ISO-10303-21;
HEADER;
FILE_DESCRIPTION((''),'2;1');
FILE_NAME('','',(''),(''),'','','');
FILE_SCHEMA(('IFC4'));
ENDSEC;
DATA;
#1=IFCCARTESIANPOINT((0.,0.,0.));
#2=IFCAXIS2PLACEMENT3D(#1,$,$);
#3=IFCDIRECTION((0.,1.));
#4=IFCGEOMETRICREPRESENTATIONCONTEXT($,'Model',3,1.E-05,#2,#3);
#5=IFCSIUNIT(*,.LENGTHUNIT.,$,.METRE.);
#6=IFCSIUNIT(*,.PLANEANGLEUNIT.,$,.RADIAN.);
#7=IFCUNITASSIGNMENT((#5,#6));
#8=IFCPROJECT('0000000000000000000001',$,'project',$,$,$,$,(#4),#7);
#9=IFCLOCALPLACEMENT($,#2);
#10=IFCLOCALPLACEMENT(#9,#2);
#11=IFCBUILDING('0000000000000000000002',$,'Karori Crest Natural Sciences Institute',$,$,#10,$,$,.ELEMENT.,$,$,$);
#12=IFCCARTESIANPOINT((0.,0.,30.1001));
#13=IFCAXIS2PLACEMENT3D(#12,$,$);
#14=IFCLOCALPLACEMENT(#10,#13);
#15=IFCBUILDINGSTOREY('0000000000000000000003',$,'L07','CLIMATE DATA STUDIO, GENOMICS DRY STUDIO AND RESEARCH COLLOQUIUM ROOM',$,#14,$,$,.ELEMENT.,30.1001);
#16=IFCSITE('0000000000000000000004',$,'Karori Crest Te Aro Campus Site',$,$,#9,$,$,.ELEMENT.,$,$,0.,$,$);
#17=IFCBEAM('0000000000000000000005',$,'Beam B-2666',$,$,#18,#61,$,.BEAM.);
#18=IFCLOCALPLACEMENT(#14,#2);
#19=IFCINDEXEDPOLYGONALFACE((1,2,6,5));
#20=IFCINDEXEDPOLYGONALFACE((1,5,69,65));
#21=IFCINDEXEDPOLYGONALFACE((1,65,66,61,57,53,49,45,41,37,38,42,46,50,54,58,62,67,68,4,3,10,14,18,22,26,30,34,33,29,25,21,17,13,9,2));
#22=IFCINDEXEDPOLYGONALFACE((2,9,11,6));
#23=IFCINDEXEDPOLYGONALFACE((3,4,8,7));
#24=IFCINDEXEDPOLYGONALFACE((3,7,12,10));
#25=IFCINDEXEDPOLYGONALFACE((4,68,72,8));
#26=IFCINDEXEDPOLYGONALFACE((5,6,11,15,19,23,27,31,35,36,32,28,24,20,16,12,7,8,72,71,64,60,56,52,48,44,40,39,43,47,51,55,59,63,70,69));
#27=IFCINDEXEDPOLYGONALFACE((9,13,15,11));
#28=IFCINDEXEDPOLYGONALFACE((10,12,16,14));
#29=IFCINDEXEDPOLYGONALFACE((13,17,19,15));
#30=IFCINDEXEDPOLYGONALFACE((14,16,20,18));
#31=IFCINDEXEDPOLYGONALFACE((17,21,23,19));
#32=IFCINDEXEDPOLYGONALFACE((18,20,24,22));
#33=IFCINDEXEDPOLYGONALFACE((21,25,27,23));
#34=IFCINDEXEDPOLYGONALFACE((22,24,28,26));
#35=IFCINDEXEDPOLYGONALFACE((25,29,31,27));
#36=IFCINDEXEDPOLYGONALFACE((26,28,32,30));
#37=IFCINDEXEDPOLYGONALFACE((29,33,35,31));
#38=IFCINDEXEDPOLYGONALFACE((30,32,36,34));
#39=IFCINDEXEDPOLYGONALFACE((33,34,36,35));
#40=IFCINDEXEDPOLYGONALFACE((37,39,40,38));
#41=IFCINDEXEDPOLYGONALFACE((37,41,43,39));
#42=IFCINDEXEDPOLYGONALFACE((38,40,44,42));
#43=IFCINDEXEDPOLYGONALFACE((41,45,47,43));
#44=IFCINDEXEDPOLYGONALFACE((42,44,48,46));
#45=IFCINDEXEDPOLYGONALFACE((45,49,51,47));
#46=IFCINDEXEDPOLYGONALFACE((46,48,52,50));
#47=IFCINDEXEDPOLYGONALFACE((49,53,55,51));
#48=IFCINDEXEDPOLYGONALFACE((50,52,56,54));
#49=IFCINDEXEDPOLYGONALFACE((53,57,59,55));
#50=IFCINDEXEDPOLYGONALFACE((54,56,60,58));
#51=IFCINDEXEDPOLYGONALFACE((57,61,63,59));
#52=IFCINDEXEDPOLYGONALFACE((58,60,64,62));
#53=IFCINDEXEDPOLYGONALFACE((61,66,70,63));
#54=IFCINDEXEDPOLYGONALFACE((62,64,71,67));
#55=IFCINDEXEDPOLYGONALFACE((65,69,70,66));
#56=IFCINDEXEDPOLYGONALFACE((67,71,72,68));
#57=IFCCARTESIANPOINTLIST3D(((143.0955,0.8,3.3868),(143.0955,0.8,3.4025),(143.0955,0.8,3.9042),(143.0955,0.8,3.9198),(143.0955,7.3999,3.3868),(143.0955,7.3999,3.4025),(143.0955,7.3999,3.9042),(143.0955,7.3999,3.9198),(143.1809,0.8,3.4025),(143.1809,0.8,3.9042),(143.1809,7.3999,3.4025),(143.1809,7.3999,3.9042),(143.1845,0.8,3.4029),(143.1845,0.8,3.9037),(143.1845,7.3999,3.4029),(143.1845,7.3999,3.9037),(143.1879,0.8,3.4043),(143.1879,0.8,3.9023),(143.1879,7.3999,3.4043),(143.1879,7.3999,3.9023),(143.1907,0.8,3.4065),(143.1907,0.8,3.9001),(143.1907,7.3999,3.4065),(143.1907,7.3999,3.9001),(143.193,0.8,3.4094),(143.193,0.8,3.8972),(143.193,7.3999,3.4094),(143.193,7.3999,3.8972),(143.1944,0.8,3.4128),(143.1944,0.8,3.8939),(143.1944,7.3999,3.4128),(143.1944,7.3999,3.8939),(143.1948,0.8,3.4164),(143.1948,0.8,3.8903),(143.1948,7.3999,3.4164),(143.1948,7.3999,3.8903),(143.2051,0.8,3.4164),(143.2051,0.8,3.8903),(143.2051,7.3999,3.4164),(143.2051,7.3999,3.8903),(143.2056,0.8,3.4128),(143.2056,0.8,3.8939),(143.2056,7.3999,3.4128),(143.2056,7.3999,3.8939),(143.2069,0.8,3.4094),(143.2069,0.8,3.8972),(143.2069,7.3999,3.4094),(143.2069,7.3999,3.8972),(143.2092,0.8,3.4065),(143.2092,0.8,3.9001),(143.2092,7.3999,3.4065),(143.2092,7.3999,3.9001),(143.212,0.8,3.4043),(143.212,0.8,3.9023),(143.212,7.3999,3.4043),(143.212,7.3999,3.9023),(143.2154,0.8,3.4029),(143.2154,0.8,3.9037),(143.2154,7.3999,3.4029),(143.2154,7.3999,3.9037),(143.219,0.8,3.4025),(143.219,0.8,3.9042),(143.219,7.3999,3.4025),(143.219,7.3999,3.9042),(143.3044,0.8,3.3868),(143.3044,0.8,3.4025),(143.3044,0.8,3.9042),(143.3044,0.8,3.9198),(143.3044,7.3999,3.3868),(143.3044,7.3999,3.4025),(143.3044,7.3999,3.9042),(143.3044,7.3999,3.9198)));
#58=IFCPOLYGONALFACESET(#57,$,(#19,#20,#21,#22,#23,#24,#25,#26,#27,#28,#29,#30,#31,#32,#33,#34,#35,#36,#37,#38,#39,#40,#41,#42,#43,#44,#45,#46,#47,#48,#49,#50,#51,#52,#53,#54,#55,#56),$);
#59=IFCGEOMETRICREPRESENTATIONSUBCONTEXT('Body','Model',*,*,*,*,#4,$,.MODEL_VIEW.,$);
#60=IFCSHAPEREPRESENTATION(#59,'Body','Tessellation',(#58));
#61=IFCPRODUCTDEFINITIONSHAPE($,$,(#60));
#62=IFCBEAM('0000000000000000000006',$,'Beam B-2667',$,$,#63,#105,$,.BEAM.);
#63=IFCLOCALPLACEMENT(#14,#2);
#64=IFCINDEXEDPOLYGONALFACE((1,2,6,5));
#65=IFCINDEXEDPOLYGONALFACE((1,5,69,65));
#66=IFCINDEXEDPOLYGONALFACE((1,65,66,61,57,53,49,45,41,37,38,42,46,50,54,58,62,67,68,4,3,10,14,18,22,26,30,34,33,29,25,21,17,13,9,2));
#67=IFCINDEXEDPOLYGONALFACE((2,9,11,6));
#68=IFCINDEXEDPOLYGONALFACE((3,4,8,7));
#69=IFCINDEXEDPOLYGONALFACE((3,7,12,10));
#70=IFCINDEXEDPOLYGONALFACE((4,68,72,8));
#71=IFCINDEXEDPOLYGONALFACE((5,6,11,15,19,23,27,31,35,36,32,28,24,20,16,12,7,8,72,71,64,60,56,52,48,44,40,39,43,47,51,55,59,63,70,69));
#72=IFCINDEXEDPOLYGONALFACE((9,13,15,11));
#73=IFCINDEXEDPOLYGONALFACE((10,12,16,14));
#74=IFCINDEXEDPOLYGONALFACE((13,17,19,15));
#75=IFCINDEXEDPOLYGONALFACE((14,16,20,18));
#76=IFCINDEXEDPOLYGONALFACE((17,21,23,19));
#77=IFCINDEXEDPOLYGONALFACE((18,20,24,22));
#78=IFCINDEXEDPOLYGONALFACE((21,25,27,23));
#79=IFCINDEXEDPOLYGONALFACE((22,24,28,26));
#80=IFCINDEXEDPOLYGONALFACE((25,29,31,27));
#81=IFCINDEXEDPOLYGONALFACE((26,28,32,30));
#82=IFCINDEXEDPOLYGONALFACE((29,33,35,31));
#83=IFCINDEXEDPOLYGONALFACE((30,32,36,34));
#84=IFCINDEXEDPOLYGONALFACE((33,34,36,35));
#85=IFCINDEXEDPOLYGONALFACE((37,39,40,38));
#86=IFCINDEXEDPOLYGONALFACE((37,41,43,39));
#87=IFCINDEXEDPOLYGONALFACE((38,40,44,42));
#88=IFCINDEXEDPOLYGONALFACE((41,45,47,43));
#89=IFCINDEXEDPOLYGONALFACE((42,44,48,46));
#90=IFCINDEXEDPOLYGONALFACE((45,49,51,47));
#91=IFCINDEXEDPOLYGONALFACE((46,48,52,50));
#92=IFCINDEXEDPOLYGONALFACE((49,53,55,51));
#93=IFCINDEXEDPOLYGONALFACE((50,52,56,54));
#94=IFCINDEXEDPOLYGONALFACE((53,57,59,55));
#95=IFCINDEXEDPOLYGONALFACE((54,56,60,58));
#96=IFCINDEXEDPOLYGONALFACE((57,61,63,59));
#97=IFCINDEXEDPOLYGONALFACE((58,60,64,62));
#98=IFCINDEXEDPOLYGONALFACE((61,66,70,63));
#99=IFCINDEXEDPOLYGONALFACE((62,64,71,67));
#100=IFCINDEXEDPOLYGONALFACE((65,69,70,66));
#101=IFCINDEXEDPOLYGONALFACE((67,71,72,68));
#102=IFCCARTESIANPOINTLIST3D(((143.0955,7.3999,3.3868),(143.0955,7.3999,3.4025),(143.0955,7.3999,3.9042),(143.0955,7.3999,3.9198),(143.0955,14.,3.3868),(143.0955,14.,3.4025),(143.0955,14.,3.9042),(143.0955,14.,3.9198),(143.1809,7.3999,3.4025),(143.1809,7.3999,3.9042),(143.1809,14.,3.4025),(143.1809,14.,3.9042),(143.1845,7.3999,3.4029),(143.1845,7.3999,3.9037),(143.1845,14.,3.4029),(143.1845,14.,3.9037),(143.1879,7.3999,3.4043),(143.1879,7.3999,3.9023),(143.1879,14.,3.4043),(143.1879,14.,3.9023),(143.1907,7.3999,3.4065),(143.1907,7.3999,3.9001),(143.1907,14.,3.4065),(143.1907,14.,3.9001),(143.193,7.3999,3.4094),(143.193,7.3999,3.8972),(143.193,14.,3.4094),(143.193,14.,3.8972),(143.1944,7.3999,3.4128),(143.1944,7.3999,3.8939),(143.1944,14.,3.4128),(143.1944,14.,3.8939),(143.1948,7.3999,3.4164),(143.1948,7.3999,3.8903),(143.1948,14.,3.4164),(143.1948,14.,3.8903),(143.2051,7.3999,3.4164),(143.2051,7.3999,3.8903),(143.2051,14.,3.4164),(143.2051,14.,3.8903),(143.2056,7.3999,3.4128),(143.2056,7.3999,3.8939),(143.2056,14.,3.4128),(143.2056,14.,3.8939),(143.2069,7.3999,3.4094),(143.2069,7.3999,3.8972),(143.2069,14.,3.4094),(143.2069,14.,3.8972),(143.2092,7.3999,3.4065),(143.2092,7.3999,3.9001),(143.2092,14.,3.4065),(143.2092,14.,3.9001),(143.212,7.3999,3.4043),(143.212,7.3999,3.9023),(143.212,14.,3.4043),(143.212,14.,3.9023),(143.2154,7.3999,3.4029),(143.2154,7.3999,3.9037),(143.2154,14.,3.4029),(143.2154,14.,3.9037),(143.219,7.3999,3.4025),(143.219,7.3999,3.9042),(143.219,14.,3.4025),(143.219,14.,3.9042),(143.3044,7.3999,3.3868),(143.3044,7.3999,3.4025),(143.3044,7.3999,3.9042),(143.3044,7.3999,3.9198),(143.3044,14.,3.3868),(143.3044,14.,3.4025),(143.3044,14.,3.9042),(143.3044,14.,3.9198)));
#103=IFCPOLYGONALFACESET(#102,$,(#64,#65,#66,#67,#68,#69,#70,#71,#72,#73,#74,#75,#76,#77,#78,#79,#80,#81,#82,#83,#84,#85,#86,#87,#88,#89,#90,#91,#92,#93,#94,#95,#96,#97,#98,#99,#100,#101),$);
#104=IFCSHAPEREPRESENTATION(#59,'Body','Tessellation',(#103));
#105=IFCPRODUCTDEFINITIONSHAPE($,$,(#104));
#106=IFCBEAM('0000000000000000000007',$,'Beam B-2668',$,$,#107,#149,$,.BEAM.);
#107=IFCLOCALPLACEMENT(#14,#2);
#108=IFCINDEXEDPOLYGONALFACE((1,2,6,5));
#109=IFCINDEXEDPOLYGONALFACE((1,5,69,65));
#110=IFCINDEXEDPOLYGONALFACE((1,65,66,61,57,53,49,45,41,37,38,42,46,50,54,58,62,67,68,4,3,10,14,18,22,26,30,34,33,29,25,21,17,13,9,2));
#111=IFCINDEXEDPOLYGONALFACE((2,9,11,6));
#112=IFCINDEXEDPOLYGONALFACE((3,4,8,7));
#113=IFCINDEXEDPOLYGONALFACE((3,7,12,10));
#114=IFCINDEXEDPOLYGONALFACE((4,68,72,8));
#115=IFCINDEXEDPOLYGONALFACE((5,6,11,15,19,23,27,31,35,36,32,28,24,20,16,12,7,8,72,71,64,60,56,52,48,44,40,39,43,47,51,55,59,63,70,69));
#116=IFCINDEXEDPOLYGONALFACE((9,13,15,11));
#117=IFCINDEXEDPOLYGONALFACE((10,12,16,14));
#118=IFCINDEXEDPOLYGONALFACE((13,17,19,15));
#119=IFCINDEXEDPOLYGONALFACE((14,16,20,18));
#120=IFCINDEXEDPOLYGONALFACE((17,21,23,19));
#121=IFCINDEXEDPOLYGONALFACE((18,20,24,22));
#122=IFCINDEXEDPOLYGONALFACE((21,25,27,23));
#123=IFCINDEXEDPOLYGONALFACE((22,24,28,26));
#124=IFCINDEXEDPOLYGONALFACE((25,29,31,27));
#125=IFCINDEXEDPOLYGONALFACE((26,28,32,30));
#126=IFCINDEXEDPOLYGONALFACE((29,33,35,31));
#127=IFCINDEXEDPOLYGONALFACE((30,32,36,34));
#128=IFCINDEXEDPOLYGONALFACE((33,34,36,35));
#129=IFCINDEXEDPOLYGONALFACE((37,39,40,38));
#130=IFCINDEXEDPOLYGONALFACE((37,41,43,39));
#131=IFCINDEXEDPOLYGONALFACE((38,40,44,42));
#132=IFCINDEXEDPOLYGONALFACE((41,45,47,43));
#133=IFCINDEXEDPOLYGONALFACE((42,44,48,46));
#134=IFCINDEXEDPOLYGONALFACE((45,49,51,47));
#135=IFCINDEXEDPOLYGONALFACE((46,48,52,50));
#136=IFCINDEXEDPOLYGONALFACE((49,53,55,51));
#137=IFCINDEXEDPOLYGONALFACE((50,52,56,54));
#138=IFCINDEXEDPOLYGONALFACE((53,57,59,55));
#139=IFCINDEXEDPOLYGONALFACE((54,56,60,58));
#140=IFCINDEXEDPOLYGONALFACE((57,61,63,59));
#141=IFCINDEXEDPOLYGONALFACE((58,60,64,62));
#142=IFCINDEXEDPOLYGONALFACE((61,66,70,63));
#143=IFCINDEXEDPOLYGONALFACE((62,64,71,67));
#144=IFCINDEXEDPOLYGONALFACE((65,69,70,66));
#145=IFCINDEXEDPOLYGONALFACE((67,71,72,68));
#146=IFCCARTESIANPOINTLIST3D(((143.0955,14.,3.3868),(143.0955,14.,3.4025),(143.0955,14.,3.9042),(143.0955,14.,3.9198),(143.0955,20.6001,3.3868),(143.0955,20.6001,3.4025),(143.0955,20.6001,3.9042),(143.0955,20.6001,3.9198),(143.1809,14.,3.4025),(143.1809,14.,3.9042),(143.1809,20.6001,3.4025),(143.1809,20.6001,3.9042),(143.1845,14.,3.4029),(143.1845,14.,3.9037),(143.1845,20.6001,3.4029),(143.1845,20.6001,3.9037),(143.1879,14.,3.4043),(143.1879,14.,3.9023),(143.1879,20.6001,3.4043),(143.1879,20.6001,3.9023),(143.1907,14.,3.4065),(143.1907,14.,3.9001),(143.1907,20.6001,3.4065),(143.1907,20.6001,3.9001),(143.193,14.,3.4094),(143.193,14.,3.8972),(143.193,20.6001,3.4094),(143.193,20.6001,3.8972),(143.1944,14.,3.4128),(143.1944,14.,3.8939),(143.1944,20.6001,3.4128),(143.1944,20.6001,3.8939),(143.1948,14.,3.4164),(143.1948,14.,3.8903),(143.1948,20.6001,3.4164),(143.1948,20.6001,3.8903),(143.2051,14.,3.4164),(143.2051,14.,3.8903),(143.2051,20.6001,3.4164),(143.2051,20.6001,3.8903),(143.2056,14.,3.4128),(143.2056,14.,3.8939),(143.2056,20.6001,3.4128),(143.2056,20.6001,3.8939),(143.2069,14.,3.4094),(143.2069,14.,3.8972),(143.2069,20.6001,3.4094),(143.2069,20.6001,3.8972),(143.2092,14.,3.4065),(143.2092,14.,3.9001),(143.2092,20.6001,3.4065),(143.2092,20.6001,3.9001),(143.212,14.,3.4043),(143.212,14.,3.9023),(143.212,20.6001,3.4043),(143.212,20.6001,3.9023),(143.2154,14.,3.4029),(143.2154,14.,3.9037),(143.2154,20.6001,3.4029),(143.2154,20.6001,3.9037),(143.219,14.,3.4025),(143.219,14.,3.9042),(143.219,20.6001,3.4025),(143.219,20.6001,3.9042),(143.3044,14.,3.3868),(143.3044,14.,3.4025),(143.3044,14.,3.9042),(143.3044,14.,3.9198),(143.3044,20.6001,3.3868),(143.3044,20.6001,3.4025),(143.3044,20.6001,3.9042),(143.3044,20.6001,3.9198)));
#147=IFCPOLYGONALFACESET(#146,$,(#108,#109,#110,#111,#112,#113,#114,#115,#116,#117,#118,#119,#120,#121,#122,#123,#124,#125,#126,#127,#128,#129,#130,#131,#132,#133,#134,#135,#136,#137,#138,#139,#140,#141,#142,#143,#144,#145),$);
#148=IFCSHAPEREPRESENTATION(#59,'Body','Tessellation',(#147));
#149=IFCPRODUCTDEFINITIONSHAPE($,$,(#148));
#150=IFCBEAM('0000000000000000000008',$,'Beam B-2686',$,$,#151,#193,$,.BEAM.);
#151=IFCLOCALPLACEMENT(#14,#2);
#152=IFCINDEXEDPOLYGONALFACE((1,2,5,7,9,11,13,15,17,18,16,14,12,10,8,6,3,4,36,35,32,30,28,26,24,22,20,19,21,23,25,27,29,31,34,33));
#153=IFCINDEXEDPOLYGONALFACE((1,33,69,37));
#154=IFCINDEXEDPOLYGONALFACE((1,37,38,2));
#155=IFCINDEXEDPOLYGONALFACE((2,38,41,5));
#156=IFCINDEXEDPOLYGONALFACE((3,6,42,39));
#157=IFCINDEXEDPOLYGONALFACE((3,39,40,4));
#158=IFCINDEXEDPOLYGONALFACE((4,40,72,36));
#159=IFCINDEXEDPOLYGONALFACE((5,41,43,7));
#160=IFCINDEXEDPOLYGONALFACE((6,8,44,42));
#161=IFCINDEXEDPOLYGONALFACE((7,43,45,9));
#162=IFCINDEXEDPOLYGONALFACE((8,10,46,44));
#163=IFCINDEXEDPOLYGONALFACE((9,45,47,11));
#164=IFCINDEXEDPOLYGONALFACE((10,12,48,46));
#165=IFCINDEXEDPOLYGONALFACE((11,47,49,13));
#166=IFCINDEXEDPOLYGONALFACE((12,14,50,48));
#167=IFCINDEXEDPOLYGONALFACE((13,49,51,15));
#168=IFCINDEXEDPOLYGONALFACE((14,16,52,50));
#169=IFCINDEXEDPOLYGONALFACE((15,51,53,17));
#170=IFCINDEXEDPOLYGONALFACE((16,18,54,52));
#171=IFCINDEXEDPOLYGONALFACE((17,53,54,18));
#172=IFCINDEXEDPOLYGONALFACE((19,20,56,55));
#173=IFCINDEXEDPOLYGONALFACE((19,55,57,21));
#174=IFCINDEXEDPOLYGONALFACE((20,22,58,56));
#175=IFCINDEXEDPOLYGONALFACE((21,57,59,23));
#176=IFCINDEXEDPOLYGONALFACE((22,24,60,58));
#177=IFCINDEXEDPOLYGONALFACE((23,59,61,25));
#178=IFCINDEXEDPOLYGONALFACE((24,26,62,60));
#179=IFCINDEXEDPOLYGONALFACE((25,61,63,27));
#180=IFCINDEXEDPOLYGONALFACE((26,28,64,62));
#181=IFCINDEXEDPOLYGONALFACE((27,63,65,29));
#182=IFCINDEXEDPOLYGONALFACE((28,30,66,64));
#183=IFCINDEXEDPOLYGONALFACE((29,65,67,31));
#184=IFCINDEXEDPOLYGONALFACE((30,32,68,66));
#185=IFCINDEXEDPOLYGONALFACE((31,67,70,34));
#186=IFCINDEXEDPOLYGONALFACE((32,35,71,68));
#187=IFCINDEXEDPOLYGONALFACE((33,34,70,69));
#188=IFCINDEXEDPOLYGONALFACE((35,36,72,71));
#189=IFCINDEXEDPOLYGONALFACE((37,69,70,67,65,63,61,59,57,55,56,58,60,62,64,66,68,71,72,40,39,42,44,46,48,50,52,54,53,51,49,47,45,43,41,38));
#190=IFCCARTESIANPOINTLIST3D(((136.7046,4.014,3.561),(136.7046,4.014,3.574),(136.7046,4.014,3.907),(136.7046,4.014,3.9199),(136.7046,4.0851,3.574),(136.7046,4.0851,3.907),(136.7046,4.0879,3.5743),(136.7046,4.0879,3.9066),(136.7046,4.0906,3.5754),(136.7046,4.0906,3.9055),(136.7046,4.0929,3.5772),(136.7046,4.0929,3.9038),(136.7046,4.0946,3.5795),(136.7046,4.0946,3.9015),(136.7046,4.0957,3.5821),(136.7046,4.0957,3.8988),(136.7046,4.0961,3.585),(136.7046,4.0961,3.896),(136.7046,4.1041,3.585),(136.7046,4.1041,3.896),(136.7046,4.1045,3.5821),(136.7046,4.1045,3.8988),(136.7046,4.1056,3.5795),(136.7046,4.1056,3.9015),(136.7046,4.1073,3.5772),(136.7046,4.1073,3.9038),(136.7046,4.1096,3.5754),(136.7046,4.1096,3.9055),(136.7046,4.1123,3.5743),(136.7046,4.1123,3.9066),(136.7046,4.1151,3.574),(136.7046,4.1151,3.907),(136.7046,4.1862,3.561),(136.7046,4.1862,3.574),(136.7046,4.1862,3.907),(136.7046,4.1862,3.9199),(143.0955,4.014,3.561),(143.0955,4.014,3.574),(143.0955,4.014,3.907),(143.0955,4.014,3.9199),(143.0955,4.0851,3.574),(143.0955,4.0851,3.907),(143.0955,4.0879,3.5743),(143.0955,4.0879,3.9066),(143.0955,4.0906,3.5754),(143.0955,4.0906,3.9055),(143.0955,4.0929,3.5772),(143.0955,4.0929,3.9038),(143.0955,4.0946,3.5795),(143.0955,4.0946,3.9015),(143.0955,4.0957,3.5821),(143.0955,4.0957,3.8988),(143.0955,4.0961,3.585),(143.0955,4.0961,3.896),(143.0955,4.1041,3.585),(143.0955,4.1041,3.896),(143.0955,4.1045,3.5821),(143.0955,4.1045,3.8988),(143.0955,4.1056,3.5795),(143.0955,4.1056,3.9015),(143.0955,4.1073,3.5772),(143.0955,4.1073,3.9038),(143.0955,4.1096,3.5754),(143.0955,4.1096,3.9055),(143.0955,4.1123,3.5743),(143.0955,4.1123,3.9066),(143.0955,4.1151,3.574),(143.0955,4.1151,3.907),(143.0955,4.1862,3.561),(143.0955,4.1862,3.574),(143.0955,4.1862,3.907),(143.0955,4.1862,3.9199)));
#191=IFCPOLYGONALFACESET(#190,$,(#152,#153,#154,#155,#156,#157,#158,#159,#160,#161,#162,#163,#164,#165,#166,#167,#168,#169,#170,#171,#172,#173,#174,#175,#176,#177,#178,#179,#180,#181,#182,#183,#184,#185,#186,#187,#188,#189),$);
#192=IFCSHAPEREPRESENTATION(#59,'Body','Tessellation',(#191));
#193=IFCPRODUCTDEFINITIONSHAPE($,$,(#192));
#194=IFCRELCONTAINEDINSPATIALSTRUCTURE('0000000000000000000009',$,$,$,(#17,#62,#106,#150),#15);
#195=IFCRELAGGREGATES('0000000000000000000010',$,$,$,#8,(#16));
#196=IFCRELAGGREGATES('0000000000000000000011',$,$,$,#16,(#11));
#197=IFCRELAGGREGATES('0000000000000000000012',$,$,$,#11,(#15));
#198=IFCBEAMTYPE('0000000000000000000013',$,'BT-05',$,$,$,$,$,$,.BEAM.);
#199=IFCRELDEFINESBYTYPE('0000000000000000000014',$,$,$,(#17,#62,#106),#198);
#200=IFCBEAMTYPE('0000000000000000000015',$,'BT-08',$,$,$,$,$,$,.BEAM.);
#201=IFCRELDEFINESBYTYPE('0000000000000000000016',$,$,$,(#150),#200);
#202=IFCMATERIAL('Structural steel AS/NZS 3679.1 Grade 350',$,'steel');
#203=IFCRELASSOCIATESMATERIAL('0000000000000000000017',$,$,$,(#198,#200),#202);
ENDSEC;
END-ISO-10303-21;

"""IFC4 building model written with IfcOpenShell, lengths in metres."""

from ifc_helpers import new_model, si_unit, direction, frame, origin, origin_2d, place, context, subcontext, project, spatial, i_section, extrude, material, material_profile, profile_set, type_object, element, save


model = new_model("IFC4")

# Units and contexts
model_context = context("Model", 3, precision=1e-05, world=origin(), true_north=direction((0.0, 1.0)))
body_context = subcontext(model_context, "Body", "Model", "MODEL_VIEW")
ifc_project = project(units=[si_unit("LENGTHUNIT", "METRE"), si_unit("PLANEANGLEUNIT", "RADIAN")], contexts=[model_context])

# Site, building, storey
site_placement = place(None, origin())
site = spatial("IfcSite", under=ifc_project, at=site_placement, Name="Karori Crest Te Aro Campus Site", CompositionType="ELEMENT", RefElevation=0.0)
building_placement = place(site_placement, origin())
building = spatial("IfcBuilding", under=site, at=building_placement, Name="Karori Crest Natural Sciences Institute", CompositionType="ELEMENT")
storey_placement = place(building_placement, frame((0.0, 0.0, 30.1001)))
storey = spatial("IfcBuildingStorey", under=building, at=storey_placement, Name="L07", Description="CLIMATE DATA STUDIO, GENOMICS DRY STUDIO AND RESEARCH COLLOQUIUM ROOM", CompositionType="ELEMENT", Elevation=30.1001)

# Shared definitions
ifc_material_1 = material(Name="Structural steel AS/NZS 3679.1 Grade 350", Category="steel")

# Beams
ifc_material_profile_1 = material_profile(ifc_material_1, i_section(OverallWidth=0.209, OverallDepth=0.533, WebThickness=0.0103, FlangeThickness=0.0156, FilletRadius=0.0139, at=origin_2d()), Name="530UB92.4")
ifc_profile_set_1 = profile_set([ifc_material_profile_1], Name="Structural steel AS/NZS 3679.1 Grade 350")
beam_type_1 = type_object("IfcBeamType", Name="BT-05", PredefinedType="BEAM", material=ifc_profile_set_1)
beam_1_placement = place(storey_placement, frame((143.2, 0.8, 3.6533), z_axis=(0.0, 1.0, 0.0), x_axis=(-1.0, 0.0, 0.0)))
element("IfcBeam", 1, at=beam_1_placement, inside=storey, type_object=beam_type_1, Name="Beam B-2666", PredefinedType="BEAM", context=body_context, shape_type="SweptSolid", body=[
    extrude(i_section(OverallWidth=0.209, OverallDepth=0.533, WebThickness=0.0103, FlangeThickness=0.0156, FilletRadius=0.0139, at=origin_2d()), origin(), (0.0, 0.0, 1.0), 6.5999),
])
for number, where, z_axis, x_axis, name in (
    (2, (143.2, 7.3999, 3.6533), (0.0, 1.0, 0.0), (-1.0, 0.0, 0.0), "Beam B-2667"),
    (3, (143.2, 14.0, 3.6533), (0.0, 1.0, 0.0), (-1.0, 0.0, 0.0), "Beam B-2668"),
):
    element("IfcBeam", number, at=place(storey_placement, frame(where, z_axis=z_axis, x_axis=x_axis)), inside=storey, type_object=beam_type_1, Name=name, PredefinedType="BEAM", context=body_context, shape_type="SweptSolid", body=[
        extrude(i_section(OverallWidth=0.209, OverallDepth=0.533, WebThickness=0.0103, FlangeThickness=0.0156, FilletRadius=0.0139, at=origin_2d()), origin(), (0.0, 0.0, 1.0), 6.6001),
    ])
ifc_material_profile_2 = material_profile(ifc_material_1, i_section(OverallWidth=0.1721, OverallDepth=0.3589, WebThickness=0.0081, FlangeThickness=0.0129, FilletRadius=0.011, at=origin_2d()), Name="360UB56.7")
ifc_profile_set_2 = profile_set([ifc_material_profile_2], Name="Structural steel AS/NZS 3679.1 Grade 350")
beam_type_2 = type_object("IfcBeamType", Name="BT-08", PredefinedType="BEAM", material=ifc_profile_set_2)
for number, where, z_axis, x_axis, name in (
    (4, (136.7046, 4.1001, 3.7405), (1.0, 0.0, 0.0), (0.0, 1.0, 0.0), "Beam B-2686"),
):
    element("IfcBeam", number, at=place(storey_placement, frame(where, z_axis=z_axis, x_axis=x_axis)), inside=storey, type_object=beam_type_2, Name=name, PredefinedType="BEAM", context=body_context, shape_type="SweptSolid", body=[
        extrude(i_section(OverallWidth=0.1721, OverallDepth=0.3589, WebThickness=0.0081, FlangeThickness=0.0129, FilletRadius=0.011, at=origin_2d()), origin(), (0.0, 0.0, 1.0), 6.3909),
    ])

save(model, "model.ifc")
